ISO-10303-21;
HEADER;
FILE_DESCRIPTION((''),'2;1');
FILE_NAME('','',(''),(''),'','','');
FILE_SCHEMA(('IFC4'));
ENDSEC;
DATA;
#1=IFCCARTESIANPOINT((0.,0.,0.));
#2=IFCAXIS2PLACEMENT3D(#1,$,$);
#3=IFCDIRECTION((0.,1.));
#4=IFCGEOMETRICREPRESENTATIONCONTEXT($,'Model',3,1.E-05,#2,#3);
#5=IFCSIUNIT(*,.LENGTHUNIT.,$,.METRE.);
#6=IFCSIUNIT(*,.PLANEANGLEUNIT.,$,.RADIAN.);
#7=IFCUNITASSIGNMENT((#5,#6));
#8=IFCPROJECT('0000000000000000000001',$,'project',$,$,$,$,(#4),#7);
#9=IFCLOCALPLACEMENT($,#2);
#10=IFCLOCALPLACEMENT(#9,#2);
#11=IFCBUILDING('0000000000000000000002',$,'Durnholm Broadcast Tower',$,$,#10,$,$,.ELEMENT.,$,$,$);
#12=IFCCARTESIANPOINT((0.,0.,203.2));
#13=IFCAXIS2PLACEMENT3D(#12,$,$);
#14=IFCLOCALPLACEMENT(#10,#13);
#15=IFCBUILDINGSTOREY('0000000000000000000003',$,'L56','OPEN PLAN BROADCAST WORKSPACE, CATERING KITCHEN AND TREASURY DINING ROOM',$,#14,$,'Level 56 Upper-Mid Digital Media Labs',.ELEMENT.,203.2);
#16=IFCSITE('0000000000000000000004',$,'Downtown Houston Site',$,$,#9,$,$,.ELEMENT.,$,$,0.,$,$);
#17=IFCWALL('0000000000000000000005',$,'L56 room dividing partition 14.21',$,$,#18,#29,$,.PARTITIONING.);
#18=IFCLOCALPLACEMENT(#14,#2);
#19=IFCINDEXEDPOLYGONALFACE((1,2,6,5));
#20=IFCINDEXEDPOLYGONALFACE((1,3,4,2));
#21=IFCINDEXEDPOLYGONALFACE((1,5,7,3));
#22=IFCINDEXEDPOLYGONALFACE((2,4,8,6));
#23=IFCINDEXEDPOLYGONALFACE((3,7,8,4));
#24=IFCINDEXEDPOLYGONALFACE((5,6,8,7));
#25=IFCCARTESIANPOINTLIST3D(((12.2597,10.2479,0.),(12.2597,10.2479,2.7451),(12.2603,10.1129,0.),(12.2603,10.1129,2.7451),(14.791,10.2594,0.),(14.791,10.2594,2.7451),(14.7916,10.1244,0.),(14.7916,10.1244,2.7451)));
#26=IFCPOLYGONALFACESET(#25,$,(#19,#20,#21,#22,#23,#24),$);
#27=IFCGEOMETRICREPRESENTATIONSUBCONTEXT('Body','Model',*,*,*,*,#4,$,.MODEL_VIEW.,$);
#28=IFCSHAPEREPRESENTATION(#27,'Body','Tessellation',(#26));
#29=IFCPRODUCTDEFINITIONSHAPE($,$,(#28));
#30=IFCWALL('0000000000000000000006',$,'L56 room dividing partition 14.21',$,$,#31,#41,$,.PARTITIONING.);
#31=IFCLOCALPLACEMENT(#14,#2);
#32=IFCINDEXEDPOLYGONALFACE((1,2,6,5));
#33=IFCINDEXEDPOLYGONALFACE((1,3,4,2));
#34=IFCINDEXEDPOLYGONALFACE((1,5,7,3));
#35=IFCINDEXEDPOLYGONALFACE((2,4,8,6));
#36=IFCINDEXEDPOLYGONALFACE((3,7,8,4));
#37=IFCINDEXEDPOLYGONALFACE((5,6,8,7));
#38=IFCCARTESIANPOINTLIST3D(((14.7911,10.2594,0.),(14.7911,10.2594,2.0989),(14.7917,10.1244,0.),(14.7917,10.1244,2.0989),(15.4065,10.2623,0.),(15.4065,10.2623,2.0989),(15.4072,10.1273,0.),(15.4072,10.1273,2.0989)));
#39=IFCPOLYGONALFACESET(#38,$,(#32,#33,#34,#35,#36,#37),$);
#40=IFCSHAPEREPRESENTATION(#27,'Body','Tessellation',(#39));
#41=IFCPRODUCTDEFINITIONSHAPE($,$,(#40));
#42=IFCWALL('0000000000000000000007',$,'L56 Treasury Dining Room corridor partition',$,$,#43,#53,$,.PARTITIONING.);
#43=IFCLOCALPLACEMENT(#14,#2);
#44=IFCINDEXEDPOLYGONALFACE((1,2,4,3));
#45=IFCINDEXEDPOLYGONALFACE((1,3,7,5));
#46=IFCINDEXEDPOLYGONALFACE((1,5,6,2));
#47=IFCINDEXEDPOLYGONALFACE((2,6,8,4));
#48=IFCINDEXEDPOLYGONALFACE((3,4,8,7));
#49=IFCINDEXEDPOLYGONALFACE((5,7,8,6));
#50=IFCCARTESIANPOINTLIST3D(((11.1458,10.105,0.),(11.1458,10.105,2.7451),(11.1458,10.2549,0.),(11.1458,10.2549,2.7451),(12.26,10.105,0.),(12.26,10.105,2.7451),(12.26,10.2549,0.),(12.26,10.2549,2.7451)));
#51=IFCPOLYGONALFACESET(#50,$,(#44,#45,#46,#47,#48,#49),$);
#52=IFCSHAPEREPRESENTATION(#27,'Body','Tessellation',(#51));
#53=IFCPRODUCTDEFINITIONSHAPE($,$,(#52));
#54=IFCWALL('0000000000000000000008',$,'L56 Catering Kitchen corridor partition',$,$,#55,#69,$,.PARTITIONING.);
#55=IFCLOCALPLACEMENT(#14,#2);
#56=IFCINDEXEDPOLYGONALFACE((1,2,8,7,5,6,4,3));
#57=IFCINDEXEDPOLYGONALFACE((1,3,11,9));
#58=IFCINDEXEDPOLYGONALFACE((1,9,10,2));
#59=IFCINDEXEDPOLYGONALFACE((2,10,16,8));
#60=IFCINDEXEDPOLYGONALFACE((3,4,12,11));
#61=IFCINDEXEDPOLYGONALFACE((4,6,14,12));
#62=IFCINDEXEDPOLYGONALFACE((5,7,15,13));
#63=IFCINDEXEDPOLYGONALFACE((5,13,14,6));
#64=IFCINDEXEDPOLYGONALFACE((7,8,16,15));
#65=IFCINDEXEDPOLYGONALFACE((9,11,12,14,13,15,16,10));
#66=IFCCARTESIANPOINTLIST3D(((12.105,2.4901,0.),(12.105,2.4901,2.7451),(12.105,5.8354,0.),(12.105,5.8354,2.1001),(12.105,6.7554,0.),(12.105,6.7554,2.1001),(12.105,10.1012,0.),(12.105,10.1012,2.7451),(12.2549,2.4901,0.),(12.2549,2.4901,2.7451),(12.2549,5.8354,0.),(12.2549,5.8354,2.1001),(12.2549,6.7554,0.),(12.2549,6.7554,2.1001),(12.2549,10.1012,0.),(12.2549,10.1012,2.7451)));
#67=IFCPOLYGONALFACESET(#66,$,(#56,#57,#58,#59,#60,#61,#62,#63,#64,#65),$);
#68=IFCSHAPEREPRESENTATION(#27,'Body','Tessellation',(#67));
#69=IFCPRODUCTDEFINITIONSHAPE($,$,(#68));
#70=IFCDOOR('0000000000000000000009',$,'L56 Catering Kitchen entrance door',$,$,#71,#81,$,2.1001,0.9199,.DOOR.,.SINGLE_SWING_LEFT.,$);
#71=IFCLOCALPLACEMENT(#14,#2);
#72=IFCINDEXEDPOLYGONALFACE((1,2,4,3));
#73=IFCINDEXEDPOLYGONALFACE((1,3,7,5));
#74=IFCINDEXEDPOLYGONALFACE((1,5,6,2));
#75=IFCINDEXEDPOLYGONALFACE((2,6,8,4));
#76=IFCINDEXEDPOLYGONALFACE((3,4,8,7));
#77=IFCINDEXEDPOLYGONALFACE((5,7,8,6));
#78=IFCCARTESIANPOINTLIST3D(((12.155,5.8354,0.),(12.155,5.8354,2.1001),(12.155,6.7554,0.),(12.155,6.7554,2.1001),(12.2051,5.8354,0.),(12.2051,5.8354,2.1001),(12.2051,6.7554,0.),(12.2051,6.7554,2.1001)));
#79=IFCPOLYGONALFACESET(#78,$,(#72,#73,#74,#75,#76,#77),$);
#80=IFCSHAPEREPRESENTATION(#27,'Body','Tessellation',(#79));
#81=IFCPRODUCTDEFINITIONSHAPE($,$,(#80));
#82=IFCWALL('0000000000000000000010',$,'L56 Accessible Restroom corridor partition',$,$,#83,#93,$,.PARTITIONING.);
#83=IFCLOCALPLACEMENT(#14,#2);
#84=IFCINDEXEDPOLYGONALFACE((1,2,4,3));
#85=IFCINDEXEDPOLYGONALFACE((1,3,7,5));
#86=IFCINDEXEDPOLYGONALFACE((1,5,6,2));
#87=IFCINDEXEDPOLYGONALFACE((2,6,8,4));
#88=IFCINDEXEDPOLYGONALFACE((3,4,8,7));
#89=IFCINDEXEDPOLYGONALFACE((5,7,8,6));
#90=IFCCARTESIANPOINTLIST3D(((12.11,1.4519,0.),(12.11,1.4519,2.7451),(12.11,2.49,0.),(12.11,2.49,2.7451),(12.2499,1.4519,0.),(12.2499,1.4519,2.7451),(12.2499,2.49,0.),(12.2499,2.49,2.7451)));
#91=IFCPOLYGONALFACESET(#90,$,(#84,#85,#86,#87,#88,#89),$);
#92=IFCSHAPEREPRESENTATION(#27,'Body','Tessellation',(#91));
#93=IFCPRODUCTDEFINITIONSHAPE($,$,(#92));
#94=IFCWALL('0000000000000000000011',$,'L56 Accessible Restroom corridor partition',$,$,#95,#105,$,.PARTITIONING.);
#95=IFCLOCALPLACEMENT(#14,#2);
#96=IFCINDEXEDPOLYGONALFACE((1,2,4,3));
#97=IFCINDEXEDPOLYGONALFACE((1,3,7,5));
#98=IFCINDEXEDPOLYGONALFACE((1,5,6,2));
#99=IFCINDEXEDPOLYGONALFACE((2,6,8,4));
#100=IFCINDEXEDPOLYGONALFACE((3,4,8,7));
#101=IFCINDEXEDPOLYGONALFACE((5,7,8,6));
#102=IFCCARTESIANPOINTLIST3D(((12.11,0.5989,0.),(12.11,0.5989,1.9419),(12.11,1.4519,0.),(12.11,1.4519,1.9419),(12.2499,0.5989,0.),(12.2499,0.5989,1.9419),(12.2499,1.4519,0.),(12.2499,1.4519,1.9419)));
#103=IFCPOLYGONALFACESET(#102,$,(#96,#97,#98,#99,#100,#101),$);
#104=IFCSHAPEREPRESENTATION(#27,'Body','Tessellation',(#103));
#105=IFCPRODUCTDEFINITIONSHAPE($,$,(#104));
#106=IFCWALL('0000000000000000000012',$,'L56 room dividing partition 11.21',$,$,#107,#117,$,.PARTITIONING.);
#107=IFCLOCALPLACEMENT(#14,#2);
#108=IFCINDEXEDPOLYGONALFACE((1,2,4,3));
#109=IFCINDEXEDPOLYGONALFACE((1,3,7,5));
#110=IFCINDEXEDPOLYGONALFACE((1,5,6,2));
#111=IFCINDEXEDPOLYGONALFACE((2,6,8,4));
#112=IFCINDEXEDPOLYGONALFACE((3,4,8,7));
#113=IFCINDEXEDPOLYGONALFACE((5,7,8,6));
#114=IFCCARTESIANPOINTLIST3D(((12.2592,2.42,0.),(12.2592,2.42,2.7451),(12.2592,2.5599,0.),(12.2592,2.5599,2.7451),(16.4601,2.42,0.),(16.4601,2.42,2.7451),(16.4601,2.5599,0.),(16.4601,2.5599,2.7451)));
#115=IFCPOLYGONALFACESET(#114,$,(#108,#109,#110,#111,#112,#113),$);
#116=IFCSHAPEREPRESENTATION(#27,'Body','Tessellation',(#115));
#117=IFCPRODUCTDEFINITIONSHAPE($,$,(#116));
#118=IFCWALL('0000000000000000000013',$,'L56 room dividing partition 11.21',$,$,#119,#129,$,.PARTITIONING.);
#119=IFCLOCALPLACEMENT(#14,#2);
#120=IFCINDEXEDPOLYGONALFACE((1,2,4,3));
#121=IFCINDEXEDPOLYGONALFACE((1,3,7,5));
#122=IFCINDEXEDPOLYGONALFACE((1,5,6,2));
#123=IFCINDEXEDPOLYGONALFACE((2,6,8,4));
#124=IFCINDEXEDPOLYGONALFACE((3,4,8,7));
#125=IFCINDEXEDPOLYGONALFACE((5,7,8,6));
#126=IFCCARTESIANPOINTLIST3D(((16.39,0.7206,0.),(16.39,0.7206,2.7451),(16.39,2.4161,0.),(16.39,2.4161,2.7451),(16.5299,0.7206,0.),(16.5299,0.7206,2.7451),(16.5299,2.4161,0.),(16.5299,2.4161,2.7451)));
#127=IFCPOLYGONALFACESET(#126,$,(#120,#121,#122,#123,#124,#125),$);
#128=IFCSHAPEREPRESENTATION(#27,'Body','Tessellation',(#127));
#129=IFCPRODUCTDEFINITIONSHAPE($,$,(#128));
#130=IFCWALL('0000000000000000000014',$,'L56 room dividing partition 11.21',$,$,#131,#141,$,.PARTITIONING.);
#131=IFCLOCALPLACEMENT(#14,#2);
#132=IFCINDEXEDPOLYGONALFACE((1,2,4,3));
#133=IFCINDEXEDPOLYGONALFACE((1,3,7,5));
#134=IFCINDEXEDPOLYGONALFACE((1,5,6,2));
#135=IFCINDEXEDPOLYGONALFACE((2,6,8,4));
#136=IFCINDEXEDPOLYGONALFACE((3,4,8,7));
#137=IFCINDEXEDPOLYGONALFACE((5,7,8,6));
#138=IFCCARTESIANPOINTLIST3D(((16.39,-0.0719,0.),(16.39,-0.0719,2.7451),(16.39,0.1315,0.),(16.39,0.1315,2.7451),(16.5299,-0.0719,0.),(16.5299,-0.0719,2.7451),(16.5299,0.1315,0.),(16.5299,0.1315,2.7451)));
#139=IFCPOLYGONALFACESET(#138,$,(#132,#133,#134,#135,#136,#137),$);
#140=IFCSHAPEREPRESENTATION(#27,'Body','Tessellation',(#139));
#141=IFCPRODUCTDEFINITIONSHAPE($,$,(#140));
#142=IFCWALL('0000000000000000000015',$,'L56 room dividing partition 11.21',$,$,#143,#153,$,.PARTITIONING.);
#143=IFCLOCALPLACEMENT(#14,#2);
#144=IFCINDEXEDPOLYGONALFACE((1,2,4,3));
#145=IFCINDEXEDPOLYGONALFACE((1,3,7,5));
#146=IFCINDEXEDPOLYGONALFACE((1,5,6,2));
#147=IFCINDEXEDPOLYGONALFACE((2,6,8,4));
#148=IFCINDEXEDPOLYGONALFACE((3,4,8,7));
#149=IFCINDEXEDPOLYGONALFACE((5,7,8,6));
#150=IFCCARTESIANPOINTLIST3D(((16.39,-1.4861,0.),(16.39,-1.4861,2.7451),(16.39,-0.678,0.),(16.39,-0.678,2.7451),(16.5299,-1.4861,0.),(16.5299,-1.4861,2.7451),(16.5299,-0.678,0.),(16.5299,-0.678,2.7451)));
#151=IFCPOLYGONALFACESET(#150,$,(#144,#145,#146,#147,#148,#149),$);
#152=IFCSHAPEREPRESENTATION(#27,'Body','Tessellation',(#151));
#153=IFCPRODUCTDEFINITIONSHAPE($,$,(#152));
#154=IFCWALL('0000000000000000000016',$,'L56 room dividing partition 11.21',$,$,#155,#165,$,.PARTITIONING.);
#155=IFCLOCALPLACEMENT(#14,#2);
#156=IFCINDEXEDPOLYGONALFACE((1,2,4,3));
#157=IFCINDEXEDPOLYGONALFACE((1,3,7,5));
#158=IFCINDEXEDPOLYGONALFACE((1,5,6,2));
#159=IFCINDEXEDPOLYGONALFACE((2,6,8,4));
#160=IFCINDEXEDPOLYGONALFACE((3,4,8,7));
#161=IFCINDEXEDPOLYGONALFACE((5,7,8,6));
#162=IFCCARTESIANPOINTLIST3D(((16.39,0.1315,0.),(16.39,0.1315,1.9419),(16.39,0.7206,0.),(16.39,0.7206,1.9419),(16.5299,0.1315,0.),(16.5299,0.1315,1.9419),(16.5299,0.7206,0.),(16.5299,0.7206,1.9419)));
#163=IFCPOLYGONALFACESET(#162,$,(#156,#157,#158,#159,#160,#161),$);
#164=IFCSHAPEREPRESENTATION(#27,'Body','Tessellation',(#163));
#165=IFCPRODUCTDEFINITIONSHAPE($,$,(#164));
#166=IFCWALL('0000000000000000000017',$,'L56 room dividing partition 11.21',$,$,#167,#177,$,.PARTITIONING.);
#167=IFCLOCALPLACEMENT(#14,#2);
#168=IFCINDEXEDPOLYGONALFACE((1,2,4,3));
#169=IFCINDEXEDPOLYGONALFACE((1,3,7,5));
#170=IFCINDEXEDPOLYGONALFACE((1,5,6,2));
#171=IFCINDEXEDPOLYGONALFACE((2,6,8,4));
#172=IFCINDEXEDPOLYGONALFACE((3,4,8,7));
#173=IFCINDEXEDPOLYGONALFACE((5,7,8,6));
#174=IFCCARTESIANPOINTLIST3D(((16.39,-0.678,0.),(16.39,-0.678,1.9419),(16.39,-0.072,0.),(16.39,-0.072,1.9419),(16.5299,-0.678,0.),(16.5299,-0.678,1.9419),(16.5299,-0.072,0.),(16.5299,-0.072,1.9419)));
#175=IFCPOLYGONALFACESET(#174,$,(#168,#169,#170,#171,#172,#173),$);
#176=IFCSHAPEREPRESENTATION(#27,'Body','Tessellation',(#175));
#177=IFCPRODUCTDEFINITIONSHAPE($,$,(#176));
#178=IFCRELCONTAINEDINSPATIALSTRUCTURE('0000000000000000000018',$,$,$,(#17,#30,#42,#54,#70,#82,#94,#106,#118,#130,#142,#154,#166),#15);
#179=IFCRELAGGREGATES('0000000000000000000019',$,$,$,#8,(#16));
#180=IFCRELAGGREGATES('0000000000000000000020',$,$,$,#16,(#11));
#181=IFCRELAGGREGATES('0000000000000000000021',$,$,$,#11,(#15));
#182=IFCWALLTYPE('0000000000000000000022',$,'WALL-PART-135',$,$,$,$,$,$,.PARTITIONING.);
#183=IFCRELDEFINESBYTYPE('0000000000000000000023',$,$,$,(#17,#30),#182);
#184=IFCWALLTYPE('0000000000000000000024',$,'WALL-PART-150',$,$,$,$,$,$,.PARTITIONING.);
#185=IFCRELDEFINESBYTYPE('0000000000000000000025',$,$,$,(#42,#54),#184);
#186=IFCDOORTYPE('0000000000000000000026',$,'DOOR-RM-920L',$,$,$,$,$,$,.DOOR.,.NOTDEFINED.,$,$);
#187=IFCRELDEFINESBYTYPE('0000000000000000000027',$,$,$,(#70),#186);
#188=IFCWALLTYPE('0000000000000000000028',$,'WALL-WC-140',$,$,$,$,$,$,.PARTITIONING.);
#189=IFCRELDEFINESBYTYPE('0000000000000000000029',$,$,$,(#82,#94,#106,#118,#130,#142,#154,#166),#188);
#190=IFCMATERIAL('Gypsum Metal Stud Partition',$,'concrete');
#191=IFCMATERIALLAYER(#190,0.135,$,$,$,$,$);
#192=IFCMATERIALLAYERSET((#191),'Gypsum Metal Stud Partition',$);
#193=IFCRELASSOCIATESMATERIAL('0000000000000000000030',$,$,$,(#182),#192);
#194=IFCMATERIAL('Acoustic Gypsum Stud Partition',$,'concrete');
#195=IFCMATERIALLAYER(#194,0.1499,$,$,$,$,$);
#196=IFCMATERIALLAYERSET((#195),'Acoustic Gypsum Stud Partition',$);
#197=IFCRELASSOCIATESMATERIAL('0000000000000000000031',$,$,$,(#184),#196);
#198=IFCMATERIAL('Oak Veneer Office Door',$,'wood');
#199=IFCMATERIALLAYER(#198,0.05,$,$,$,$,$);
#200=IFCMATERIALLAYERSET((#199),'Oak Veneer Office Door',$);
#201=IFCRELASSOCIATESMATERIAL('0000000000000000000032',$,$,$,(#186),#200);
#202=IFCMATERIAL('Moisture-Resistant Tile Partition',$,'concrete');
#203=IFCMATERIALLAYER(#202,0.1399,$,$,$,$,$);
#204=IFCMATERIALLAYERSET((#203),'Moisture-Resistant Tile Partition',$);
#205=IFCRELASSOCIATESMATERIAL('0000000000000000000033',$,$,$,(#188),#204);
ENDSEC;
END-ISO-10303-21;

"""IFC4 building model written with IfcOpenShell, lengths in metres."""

from ifc_helpers import new_model, si_unit, direction, frame, frame_2d, origin, place, context, subcontext, project, spatial, rectangle, extrude, source, transform, mapped, material, layer, layer_set, type_object, type_shapes, element, fill, save


model = new_model("IFC4")

# Units and contexts
model_context = context("Model", 3, precision=1e-05, world=origin(), true_north=direction((0.0, 1.0)))
body_context = subcontext(model_context, "Body", "Model", "MODEL_VIEW")
ifc_project = project(units=[si_unit("LENGTHUNIT", "METRE"), si_unit("PLANEANGLEUNIT", "RADIAN")], contexts=[model_context])

# Site, building, storey
site_placement = place(None, origin())
site = spatial("IfcSite", under=ifc_project, at=site_placement, Name="Downtown Houston Site", CompositionType="ELEMENT", RefElevation=0.0)
building_placement = place(site_placement, origin())
building = spatial("IfcBuilding", under=site, at=building_placement, Name="Durnholm Broadcast Tower", CompositionType="ELEMENT")
storey_placement = place(building_placement, frame((0.0, 0.0, 203.2)))
storey = spatial("IfcBuildingStorey", under=building, at=storey_placement, Name="L56", Description="OPEN PLAN BROADCAST WORKSPACE, CATERING KITCHEN AND TREASURY DINING ROOM", LongName="Level 56 Upper-Mid Digital Media Labs", CompositionType="ELEMENT", Elevation=203.2)

# Walls
ifc_material_1 = material(Name="Gypsum Metal Stud Partition", Category="concrete")
ifc_layer_1 = layer(ifc_material_1, 0.135)
ifc_layer_set_1 = layer_set([ifc_layer_1], Name="Gypsum Metal Stud Partition")
wall_type_1 = type_object("IfcWallType", Name="WALL-PART-135", PredefinedType="PARTITIONING", material=ifc_layer_set_1)
wall_1_placement = place(storey_placement, frame((14.7913, 10.1919, 0.0), z_axis=(0.0, 0.0, 1.0), x_axis=(-0.99999, -0.004533, 0.0)))
element("IfcWall", 1, at=wall_1_placement, inside=storey, type_object=wall_type_1, Name="L56 room dividing partition 14.21", PredefinedType="PARTITIONING", context=body_context, shape_type="SweptSolid", body=[
    extrude(rectangle(XDim=2.5312, YDim=0.135, at=frame_2d((1.2656, 0.0))), origin(), (0.0, 0.0, 1.0), 2.7451),
])
wall_2_placement = place(storey_placement, frame((15.4067, 10.1948, 0.0), z_axis=(0.0, 0.0, 1.0), x_axis=(-0.999989, -0.00476, 0.0)))
element("IfcWall", 2, at=wall_2_placement, inside=storey, type_object=wall_type_1, Name="L56 room dividing partition 14.21", PredefinedType="PARTITIONING", context=body_context, shape_type="SweptSolid", body=[
    extrude(rectangle(XDim=0.6155, YDim=0.135, at=frame_2d((0.3076, 0.0))), origin(), (0.0, 0.0, 1.0), 2.0989),
])
ifc_material_2 = material(Name="Acoustic Gypsum Stud Partition", Category="concrete")
ifc_layer_2 = layer(ifc_material_2, 0.1499)
ifc_layer_set_2 = layer_set([ifc_layer_2], Name="Acoustic Gypsum Stud Partition")
wall_type_2 = type_object("IfcWallType", Name="WALL-PART-150", PredefinedType="PARTITIONING", material=ifc_layer_set_2)
wall_3_placement = place(storey_placement, frame((12.26, 10.1799, 0.0), z_axis=(0.0, 0.0, 1.0), x_axis=(-1.0, 0.0, 0.0)))
element("IfcWall", 3, at=wall_3_placement, inside=storey, type_object=wall_type_2, Name="L56 Treasury Dining Room corridor partition", PredefinedType="PARTITIONING", context=body_context, shape_type="SweptSolid", body=[
    extrude(rectangle(XDim=1.1143, YDim=0.1499, at=frame_2d((0.5571, 0.0))), origin(), (0.0, 0.0, 1.0), 2.7451),
])

# Wall, opening, door
wall_4_placement = place(storey_placement, frame((12.1799, 2.49, 0.0), z_axis=(0.0, 0.0, 1.0), x_axis=(0.0, 1.0, 0.0)))
wall_4 = element("IfcWall", 4, at=wall_4_placement, inside=storey, type_object=wall_type_2, Name="L56 Catering Kitchen corridor partition", PredefinedType="PARTITIONING", context=body_context, shape_type="SweptSolid", body=[
    extrude(rectangle(XDim=7.6111, YDim=0.1499, at=frame_2d((3.8057, 0.0))), origin(), (0.0, 0.0, 1.0), 2.7451),
])
opening_placement = place(wall_4_placement, frame((3.3455, 0.0, 0.0)))
opening = element("IfcOpeningElement", 5, at=opening_placement, cuts=wall_4, PredefinedType="OPENING", context=body_context, shape_type="SweptSolid", body=[
    extrude(rectangle(XDim=0.9199, YDim=2.1001, at=frame_2d((0.46, 1.05))), frame((0.0, 0.085, 0.0), z_axis=(0.0, -1.0, 0.0), x_axis=(1.0, 0.0, 0.0)), (0.0, 0.0, 1.0), 0.1699),
])
ifc_material_3 = material(Name="Oak Veneer Office Door", Category="wood")
ifc_layer_3 = layer(ifc_material_3, 0.05)
ifc_layer_set_3 = layer_set([ifc_layer_3], Name="Oak Veneer Office Door")
door_type = type_object("IfcDoorType", Name="DOOR-RM-920L", OperationType="NOTDEFINED", PredefinedType="DOOR", material=ifc_layer_set_3)
shared_shape_1 = source(origin(), body_context, "Body", "SweptSolid", [
    extrude(rectangle(XDim=0.9199, YDim=2.1001, at=frame_2d((0.46, 1.05))), frame((0.0, 0.0249, 0.0), z_axis=(0.0, -1.0, 0.0), x_axis=(1.0, 0.0, 0.0)), (0.0, 0.0, 1.0), 0.05),
])
type_shapes(door_type, [shared_shape_1])
door_placement = place(opening_placement, origin())
door = element("IfcDoor", 6, at=door_placement, inside=storey, type_object=door_type, Name="L56 Catering Kitchen entrance door", OperationType="SINGLE_SWING_LEFT", OverallHeight=2.1001, OverallWidth=0.9199, PredefinedType="DOOR", context=body_context, shape_type="MappedRepresentation", body=[
    mapped(shared_shape_1, transform((0.0, 0.0, 0.0), x_axis=(1.0, 0.0, 0.0), y_axis=(0.0, 1.0, 0.0), z_axis=(0.0, 0.0, 1.0), scale=1.0)),
])
fill(opening, door)

# Walls
ifc_material_4 = material(Name="Moisture-Resistant Tile Partition", Category="concrete")
ifc_layer_4 = layer(ifc_material_4, 0.1399)
ifc_layer_set_4 = layer_set([ifc_layer_4], Name="Moisture-Resistant Tile Partition")
wall_type_3 = type_object("IfcWallType", Name="WALL-WC-140", PredefinedType="PARTITIONING", material=ifc_layer_set_4)
wall_5_placement = place(storey_placement, frame((12.1799, 1.4519, 0.0), z_axis=(0.0, 0.0, 1.0), x_axis=(0.0, 1.0, 0.0)))
element("IfcWall", 7, at=wall_5_placement, inside=storey, type_object=wall_type_3, Name="L56 Accessible Restroom corridor partition", PredefinedType="PARTITIONING", context=body_context, shape_type="SweptSolid", body=[
    extrude(rectangle(XDim=1.0381, YDim=0.1399, at=frame_2d((0.519, 0.0))), origin(), (0.0, 0.0, 1.0), 2.7451),
])
wall_6_placement = place(storey_placement, frame((12.1799, 0.5989, 0.0), z_axis=(0.0, 0.0, 1.0), x_axis=(0.0, 1.0, 0.0)))
element("IfcWall", 8, at=wall_6_placement, inside=storey, type_object=wall_type_3, Name="L56 Accessible Restroom corridor partition", PredefinedType="PARTITIONING", context=body_context, shape_type="SweptSolid", body=[
    extrude(rectangle(XDim=0.853, YDim=0.1399, at=frame_2d((0.4265, 0.0))), origin(), (0.0, 0.0, 1.0), 1.9419),
])
wall_7_placement = place(storey_placement, frame((12.259, 2.49, 0.0), z_axis=(0.0, 0.0, 1.0), x_axis=(1.0, 0.0, 0.0)))
element("IfcWall", 9, at=wall_7_placement, inside=storey, type_object=wall_type_3, Name="L56 room dividing partition 11.21", PredefinedType="PARTITIONING", context=body_context, shape_type="SweptSolid", body=[
    extrude(rectangle(XDim=4.2009, YDim=0.1399, at=frame_2d((2.1006, 0.0))), origin(), (0.0, 0.0, 1.0), 2.7451),
])
wall_8_placement = place(storey_placement, frame((16.46, 2.416, 0.0), z_axis=(0.0, 0.0, 1.0), x_axis=(0.0, -1.0, 0.0)))
element("IfcWall", 10, at=wall_8_placement, inside=storey, type_object=wall_type_3, Name="L56 room dividing partition 11.21", PredefinedType="PARTITIONING", context=body_context, shape_type="SweptSolid", body=[
    extrude(rectangle(XDim=1.6956, YDim=0.1399, at=frame_2d((0.8477, 0.0))), origin(), (0.0, 0.0, 1.0), 2.7451),
])
wall_9_placement = place(storey_placement, frame((16.46, 0.1313, 0.0), z_axis=(0.0, 0.0, 1.0), x_axis=(0.0, -1.0, 0.0)))
element("IfcWall", 11, at=wall_9_placement, inside=storey, type_object=wall_type_3, Name="L56 room dividing partition 11.21", PredefinedType="PARTITIONING", context=body_context, shape_type="SweptSolid", body=[
    extrude(rectangle(XDim=0.2034, YDim=0.1399, at=frame_2d((0.1016, 0.0))), origin(), (0.0, 0.0, 1.0), 2.7451),
])
wall_10_placement = place(storey_placement, frame((16.46, -0.678, 0.0), z_axis=(0.0, 0.0, 1.0), x_axis=(0.0, -1.0, 0.0)))
element("IfcWall", 12, at=wall_10_placement, inside=storey, type_object=wall_type_3, Name="L56 room dividing partition 11.21", PredefinedType="PARTITIONING", context=body_context, shape_type="SweptSolid", body=[
    extrude(rectangle(XDim=0.8081, YDim=0.1399, at=frame_2d((0.4041, 0.0))), origin(), (0.0, 0.0, 1.0), 2.7451),
])
wall_11_placement = place(storey_placement, frame((16.46, 0.7205, 0.0), z_axis=(0.0, 0.0, 1.0), x_axis=(0.0, -1.0, 0.0)))
element("IfcWall", 13, at=wall_11_placement, inside=storey, type_object=wall_type_3, Name="L56 room dividing partition 11.21", PredefinedType="PARTITIONING", context=body_context, shape_type="SweptSolid", body=[
    extrude(rectangle(XDim=0.5891, YDim=0.1399, at=frame_2d((0.2944, 0.0))), origin(), (0.0, 0.0, 1.0), 1.9419),
])
wall_12_placement = place(storey_placement, frame((16.46, -0.072, 0.0), z_axis=(0.0, 0.0, 1.0), x_axis=(0.0, -1.0, 0.0)))
element("IfcWall", 14, at=wall_12_placement, inside=storey, type_object=wall_type_3, Name="L56 room dividing partition 11.21", PredefinedType="PARTITIONING", context=body_context, shape_type="SweptSolid", body=[
    extrude(rectangle(XDim=0.606, YDim=0.1399, at=frame_2d((0.303, 0.0))), origin(), (0.0, 0.0, 1.0), 1.9419),
])

save(model, "model.ifc")
